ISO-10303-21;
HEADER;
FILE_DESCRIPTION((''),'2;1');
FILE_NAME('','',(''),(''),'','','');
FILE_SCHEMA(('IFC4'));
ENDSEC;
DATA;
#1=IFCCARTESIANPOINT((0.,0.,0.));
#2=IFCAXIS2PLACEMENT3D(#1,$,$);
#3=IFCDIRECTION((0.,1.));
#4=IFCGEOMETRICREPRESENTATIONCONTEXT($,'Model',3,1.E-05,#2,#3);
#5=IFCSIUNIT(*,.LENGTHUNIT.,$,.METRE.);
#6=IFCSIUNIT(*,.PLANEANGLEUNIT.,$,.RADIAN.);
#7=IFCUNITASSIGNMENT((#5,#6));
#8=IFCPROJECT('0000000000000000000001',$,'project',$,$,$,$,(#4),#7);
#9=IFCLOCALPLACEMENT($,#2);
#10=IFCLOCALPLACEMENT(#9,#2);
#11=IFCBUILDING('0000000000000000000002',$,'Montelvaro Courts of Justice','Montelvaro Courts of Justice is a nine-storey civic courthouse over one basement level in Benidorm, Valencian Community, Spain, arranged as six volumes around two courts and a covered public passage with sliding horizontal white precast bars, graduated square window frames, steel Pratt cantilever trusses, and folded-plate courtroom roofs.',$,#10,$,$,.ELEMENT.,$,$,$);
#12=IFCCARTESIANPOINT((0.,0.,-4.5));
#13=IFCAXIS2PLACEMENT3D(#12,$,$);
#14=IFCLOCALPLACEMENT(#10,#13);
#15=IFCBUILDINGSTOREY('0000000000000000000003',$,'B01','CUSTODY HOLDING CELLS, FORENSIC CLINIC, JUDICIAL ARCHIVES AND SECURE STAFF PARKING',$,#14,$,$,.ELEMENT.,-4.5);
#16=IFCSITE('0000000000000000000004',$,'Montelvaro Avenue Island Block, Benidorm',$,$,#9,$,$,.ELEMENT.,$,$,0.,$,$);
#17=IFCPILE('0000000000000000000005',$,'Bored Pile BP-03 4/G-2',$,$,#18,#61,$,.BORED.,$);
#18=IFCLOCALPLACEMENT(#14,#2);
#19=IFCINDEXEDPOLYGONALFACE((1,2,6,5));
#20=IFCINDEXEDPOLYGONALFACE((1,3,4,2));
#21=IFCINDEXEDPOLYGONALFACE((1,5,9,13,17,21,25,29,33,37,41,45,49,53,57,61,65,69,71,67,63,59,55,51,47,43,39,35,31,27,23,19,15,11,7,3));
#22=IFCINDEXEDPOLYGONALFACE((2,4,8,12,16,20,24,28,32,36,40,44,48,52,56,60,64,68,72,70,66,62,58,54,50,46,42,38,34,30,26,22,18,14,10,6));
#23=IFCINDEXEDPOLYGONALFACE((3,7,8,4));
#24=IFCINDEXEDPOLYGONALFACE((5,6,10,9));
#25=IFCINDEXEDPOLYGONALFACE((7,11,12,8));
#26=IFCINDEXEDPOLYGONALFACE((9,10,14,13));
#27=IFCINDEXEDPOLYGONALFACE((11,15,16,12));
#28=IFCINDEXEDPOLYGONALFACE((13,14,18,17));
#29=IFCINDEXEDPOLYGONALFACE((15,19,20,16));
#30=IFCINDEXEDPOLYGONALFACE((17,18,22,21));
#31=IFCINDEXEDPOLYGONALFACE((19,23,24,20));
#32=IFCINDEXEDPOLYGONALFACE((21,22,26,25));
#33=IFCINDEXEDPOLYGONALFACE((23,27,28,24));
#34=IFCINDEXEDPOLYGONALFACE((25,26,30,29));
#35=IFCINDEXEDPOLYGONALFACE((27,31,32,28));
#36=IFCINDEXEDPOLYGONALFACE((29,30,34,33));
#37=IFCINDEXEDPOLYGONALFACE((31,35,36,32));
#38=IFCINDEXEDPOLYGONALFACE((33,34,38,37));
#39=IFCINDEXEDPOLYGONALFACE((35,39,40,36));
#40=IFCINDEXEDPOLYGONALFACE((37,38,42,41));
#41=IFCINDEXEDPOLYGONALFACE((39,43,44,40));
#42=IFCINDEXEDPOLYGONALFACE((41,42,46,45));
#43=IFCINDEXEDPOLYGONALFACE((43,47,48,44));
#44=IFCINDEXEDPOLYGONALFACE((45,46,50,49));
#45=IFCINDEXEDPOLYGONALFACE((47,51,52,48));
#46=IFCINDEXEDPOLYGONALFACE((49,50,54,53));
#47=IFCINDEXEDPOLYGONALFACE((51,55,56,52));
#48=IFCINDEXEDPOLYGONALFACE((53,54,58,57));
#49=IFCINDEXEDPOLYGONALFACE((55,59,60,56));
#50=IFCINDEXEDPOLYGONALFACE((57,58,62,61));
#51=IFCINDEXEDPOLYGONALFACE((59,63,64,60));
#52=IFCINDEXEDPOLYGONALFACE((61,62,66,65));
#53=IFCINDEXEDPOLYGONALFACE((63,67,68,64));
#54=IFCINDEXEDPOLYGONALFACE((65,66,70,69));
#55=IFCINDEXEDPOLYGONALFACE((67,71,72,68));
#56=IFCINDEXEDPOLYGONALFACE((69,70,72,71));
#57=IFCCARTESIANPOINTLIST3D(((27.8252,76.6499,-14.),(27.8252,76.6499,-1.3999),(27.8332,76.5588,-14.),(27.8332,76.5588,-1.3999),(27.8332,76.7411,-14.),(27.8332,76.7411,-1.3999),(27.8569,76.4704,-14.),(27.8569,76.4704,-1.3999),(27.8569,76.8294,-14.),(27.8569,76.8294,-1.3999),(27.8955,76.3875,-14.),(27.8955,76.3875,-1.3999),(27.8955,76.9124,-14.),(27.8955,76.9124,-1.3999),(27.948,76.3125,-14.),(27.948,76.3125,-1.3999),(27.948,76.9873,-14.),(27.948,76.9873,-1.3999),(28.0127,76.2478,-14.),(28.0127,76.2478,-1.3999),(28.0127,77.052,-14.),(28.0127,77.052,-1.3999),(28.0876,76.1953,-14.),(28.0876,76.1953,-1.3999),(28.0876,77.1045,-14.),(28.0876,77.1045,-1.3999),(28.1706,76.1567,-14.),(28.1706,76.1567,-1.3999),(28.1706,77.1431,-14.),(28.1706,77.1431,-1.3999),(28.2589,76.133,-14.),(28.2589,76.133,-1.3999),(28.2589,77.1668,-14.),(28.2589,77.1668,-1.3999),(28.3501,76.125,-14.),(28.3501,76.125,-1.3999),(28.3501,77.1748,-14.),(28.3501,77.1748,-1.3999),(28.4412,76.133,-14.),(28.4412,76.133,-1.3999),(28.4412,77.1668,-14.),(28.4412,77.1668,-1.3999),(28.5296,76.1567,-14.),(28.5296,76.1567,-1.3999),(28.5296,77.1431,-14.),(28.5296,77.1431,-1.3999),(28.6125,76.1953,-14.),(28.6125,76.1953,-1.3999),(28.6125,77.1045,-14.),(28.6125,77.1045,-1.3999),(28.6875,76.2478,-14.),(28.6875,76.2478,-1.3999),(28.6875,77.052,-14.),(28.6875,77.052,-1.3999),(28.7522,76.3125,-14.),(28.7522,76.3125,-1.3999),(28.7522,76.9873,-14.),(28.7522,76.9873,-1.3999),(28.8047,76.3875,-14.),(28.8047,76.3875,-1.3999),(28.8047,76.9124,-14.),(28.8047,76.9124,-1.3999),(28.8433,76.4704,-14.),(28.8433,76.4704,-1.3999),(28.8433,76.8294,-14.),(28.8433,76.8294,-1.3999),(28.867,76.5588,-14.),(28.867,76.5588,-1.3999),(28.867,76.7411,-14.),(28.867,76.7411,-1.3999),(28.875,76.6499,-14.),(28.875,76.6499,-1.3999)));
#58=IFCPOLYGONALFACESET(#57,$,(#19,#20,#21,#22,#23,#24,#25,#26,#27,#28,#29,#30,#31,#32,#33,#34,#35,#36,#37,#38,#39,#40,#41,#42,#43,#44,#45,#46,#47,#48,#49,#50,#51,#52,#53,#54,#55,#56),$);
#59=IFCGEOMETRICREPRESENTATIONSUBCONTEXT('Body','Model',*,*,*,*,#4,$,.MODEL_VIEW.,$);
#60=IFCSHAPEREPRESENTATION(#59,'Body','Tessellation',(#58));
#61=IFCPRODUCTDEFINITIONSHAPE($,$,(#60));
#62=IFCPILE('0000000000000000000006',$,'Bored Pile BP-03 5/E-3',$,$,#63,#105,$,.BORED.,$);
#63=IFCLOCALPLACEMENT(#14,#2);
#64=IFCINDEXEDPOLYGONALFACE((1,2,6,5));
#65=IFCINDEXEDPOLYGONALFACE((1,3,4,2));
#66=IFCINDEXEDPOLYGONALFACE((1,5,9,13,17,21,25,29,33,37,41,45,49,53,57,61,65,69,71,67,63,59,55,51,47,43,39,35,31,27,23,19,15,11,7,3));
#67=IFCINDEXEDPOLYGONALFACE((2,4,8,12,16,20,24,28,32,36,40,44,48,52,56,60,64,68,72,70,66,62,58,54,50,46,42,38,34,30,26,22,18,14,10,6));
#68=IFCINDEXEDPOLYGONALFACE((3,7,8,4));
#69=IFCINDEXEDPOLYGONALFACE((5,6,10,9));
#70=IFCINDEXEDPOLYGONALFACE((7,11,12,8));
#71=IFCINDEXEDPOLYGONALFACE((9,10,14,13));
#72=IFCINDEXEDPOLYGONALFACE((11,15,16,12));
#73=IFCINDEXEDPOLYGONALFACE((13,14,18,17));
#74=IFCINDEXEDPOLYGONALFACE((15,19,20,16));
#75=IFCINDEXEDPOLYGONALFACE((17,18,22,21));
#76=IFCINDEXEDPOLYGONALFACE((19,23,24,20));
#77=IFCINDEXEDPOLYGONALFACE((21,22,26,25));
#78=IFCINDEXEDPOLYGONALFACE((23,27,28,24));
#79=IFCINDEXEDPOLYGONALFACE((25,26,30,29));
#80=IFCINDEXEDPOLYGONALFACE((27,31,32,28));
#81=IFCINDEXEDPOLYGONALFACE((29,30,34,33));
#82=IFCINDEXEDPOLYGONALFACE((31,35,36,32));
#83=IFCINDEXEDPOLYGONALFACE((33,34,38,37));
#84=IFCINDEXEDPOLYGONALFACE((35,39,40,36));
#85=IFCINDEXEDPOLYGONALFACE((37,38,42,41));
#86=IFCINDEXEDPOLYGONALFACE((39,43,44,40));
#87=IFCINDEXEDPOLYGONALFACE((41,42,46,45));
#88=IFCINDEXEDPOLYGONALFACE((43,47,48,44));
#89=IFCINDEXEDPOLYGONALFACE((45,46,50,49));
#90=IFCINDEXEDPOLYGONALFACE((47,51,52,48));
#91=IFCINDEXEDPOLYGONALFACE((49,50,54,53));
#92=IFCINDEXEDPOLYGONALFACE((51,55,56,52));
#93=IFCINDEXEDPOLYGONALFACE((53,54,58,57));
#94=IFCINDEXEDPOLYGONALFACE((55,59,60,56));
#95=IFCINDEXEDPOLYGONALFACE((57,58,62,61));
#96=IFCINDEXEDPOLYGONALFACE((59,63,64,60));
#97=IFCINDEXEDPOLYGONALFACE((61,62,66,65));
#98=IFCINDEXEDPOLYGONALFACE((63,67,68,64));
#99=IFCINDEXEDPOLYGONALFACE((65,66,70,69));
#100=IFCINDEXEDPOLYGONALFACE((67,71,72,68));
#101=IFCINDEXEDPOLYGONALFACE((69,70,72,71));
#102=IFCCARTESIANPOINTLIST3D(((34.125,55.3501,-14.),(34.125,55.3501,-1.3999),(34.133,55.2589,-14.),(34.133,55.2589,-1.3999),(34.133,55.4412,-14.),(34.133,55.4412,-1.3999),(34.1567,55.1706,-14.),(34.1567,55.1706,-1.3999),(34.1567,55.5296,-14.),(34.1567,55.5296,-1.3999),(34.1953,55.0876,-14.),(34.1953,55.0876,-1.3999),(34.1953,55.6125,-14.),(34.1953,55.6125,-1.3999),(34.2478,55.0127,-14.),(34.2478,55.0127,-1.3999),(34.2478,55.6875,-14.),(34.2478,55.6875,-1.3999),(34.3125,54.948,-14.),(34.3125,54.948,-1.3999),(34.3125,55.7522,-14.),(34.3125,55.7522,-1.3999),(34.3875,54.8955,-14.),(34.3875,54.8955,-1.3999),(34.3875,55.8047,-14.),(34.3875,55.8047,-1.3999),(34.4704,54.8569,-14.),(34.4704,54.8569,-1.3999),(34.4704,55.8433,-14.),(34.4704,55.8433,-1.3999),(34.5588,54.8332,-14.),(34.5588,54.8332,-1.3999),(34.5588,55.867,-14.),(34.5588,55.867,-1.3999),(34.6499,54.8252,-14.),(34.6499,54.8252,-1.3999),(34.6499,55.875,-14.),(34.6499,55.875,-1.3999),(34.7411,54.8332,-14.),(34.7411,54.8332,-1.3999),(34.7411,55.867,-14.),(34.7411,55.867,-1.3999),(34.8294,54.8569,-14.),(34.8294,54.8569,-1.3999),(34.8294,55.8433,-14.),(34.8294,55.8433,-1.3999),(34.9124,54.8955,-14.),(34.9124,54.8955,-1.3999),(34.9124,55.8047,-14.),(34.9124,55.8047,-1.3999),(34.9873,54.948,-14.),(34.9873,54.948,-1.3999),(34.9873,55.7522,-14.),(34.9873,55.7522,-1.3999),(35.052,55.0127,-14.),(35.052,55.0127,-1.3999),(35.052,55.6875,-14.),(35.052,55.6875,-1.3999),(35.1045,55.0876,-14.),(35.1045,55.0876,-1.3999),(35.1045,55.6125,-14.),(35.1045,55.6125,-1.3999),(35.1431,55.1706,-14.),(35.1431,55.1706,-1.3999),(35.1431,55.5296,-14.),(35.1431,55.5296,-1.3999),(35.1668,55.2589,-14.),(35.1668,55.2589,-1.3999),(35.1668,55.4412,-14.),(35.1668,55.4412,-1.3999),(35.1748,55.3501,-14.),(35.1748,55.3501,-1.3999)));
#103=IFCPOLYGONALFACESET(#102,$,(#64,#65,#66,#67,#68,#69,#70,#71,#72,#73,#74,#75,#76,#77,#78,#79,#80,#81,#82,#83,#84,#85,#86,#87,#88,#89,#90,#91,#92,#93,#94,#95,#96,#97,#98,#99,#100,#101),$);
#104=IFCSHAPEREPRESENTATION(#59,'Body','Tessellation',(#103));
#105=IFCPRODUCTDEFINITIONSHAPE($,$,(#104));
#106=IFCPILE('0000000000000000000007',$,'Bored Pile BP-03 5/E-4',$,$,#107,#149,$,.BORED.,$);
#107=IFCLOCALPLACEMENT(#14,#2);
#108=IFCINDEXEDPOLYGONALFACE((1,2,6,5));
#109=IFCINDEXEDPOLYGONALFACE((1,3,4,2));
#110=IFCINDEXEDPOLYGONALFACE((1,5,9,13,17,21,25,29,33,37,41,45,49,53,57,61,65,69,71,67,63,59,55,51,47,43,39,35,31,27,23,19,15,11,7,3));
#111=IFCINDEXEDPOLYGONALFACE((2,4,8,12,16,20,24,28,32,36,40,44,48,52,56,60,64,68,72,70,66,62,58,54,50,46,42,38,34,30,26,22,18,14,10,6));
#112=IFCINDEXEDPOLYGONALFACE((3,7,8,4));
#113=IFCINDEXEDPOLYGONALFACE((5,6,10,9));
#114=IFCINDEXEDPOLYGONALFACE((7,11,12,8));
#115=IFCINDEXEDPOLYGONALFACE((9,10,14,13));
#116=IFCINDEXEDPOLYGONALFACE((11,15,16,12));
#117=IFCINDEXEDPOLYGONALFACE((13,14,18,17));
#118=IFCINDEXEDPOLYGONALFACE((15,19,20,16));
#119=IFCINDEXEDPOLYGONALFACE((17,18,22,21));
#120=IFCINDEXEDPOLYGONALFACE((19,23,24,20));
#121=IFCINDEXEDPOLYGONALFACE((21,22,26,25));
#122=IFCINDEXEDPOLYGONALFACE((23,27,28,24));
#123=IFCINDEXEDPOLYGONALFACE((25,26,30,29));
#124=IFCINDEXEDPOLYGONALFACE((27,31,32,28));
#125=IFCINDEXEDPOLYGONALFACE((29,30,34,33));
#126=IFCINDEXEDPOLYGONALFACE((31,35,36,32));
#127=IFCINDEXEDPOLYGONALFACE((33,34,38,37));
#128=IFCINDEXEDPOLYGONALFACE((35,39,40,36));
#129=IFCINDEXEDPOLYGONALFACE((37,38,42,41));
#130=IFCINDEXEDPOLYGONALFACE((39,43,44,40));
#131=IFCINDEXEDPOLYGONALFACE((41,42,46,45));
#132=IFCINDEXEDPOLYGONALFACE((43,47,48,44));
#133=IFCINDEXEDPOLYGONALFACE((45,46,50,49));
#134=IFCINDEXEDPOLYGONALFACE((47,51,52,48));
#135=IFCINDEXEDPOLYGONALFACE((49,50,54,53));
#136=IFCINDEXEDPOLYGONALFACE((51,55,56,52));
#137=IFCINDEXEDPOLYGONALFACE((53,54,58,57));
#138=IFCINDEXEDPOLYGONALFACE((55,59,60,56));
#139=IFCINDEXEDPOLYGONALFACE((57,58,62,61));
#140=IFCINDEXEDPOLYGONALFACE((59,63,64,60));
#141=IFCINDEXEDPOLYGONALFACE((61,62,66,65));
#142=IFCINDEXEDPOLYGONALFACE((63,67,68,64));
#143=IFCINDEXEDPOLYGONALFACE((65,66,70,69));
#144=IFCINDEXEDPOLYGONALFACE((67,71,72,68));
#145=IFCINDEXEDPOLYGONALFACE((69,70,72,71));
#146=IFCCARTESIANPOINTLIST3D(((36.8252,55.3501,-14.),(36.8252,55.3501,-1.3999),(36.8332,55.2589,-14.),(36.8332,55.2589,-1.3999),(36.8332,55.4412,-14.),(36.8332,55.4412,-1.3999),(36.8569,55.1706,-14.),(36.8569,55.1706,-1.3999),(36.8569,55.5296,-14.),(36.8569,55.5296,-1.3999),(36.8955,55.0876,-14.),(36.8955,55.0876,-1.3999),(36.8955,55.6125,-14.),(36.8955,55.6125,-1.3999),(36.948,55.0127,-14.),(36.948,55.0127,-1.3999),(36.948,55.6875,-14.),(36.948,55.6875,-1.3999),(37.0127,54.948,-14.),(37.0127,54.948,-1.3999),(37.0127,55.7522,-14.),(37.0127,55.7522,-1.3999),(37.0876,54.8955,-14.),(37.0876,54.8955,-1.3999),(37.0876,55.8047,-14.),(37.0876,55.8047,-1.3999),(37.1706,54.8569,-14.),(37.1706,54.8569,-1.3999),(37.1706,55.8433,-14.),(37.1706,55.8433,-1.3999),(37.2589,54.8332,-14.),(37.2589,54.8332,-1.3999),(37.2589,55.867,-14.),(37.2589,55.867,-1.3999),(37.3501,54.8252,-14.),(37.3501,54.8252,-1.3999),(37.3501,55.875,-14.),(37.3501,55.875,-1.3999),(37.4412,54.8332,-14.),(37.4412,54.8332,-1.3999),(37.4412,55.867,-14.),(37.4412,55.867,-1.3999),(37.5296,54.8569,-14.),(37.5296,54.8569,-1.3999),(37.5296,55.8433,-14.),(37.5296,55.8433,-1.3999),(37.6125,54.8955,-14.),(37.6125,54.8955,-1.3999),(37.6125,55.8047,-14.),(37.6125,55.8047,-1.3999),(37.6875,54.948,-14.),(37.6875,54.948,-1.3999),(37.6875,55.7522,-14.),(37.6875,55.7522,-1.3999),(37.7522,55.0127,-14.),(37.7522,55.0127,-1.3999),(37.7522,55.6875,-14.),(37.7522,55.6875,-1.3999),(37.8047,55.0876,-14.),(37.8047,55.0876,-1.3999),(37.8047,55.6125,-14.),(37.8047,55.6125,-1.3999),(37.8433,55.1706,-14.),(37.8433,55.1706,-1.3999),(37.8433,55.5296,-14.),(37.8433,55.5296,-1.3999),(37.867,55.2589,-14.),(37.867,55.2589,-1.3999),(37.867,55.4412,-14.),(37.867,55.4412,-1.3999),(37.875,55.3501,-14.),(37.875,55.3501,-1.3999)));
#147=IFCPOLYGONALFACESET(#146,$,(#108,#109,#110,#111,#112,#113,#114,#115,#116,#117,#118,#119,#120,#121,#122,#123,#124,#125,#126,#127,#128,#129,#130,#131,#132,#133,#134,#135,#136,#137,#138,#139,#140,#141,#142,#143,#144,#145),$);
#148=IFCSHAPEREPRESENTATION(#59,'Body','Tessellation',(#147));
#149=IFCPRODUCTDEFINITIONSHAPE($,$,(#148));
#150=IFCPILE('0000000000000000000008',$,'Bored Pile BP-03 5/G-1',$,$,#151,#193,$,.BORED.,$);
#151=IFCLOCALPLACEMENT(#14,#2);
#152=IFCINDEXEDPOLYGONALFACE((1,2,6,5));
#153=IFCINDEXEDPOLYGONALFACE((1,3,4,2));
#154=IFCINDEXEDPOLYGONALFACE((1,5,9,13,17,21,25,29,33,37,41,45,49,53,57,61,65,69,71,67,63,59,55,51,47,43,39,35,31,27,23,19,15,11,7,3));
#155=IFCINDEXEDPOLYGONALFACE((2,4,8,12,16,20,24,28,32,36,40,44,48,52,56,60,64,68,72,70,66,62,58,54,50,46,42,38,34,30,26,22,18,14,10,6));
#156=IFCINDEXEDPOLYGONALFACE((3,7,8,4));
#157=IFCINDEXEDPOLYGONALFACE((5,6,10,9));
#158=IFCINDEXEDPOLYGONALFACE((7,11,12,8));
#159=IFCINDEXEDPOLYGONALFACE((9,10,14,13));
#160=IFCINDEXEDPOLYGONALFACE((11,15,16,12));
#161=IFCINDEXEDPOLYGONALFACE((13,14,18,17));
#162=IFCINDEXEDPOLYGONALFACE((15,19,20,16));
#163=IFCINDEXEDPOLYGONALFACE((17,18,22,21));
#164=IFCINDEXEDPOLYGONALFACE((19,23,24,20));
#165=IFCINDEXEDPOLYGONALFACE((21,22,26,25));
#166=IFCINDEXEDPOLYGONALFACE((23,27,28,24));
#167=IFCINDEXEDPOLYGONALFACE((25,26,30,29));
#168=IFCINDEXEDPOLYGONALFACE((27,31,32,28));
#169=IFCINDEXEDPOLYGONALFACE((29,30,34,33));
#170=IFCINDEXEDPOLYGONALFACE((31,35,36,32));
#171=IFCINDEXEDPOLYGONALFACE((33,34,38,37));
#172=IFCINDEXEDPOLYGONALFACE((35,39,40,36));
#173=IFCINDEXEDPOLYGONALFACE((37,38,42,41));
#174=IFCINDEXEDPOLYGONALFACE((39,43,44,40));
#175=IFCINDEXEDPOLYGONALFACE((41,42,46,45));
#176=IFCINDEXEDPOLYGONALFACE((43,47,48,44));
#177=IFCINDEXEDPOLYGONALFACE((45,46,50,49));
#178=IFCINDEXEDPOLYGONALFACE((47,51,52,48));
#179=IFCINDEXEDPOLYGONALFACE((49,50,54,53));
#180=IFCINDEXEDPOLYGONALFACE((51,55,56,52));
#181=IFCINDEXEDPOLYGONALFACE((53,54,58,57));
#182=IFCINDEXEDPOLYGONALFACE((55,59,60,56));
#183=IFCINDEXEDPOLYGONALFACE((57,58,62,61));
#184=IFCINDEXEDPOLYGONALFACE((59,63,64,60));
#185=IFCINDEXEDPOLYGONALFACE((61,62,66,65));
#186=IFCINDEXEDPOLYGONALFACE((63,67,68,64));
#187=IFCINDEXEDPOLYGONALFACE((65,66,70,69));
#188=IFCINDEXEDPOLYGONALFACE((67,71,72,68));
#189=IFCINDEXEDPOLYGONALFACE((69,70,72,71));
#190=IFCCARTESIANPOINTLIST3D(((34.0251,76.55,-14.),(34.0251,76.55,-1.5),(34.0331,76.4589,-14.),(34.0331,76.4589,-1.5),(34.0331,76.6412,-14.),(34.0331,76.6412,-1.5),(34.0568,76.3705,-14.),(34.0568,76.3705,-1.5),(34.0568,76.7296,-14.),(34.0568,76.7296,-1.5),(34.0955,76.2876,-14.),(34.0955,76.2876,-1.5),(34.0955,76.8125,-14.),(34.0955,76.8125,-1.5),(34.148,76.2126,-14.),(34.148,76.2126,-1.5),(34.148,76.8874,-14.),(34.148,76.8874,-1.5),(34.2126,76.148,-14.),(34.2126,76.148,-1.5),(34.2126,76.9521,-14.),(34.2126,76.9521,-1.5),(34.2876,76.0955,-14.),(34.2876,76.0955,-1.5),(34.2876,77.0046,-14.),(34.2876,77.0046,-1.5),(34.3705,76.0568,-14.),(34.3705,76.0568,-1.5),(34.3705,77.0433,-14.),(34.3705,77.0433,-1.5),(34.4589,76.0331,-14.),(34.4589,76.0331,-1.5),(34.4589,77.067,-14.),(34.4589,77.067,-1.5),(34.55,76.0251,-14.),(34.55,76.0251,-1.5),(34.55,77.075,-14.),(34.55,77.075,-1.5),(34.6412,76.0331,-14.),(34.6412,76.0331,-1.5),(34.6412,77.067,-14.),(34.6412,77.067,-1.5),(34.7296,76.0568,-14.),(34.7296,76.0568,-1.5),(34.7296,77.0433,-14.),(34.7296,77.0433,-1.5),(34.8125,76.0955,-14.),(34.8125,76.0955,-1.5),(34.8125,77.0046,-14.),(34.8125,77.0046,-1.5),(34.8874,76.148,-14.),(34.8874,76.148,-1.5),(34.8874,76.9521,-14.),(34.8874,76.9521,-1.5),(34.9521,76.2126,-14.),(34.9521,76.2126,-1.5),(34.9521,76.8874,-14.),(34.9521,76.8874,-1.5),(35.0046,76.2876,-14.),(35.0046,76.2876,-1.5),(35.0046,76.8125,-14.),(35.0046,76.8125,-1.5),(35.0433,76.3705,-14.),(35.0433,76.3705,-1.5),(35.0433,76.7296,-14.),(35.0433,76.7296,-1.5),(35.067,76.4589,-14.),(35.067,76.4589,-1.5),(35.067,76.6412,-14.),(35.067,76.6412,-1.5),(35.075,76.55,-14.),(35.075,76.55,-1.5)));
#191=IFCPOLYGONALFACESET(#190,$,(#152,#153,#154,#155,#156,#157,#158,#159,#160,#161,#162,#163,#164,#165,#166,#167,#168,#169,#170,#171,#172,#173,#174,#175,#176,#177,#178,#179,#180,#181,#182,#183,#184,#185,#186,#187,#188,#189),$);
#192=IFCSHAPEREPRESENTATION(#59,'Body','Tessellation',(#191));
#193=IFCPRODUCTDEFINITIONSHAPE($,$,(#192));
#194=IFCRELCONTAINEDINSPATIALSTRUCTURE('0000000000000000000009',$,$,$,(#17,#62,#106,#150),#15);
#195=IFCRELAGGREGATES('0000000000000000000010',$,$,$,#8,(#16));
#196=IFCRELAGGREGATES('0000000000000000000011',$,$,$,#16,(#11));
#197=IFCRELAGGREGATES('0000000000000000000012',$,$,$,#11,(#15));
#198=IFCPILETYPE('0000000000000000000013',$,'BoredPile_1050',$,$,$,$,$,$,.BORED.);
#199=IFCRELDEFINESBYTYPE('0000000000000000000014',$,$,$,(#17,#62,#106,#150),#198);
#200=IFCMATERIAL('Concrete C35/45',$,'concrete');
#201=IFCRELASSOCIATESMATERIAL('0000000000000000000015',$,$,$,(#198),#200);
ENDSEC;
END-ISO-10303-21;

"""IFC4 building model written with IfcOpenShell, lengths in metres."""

from ifc_helpers import new_model, si_unit, direction, frame, origin, origin_2d, place, context, subcontext, project, spatial, circle, extrude, material, material_profile, profile_set, type_object, element, save


model = new_model("IFC4")

# Units and contexts
model_context = context("Model", 3, precision=1e-05, world=origin(), true_north=direction((0.0, 1.0)))
body_context = subcontext(model_context, "Body", "Model", "MODEL_VIEW")
ifc_project = project(units=[si_unit("LENGTHUNIT", "METRE"), si_unit("PLANEANGLEUNIT", "RADIAN")], contexts=[model_context])

# Site, building, storey
site_placement = place(None, origin())
site = spatial("IfcSite", under=ifc_project, at=site_placement, Name="Montelvaro Avenue Island Block, Benidorm", CompositionType="ELEMENT", RefElevation=0.0)
building_placement = place(site_placement, origin())
building = spatial("IfcBuilding", under=site, at=building_placement, Name="Montelvaro Courts of Justice", Description="Montelvaro Courts of Justice is a nine-storey civic courthouse over one basement level in Benidorm, Valencian Community, Spain, arranged as six volumes around two courts and a covered public passage with sliding horizontal white precast bars, graduated square window frames, steel Pratt cantilever trusses, and folded-plate courtroom roofs.", CompositionType="ELEMENT")
storey_placement = place(building_placement, frame((0.0, 0.0, -4.5)))
storey = spatial("IfcBuildingStorey", under=building, at=storey_placement, Name="B01", Description="CUSTODY HOLDING CELLS, FORENSIC CLINIC, JUDICIAL ARCHIVES AND SECURE STAFF PARKING", CompositionType="ELEMENT", Elevation=-4.5)

# Piles
ifc_material_1 = material(Name="Concrete C35/45", Category="concrete")
ifc_material_profile_1 = material_profile(ifc_material_1, circle(Radius=0.5249, at=origin_2d()), Name="BORED PILE D1050")
ifc_profile_set_1 = profile_set([ifc_material_profile_1], Name="Concrete C35/45")
pile_type_1 = type_object("IfcPileType", Name="BoredPile_1050", PredefinedType="BORED", material=ifc_profile_set_1)
for number, where, z_axis, x_axis, name in (
    (1, (28.3501, 76.6499, -1.3999), (0.0, 0.0, -1.0), (1.0, 0.0, 0.0), "Bored Pile BP-03 4/G-2"),
    (2, (34.6499, 55.3501, -1.3999), (0.0, 0.0, -1.0), (1.0, 0.0, 0.0), "Bored Pile BP-03 5/E-3"),
    (3, (37.3501, 55.3501, -1.3999), (0.0, 0.0, -1.0), (1.0, 0.0, 0.0), "Bored Pile BP-03 5/E-4"),
):
    element("IfcPile", number, at=place(storey_placement, frame(where, z_axis=z_axis, x_axis=x_axis)), inside=storey, type_object=pile_type_1, Name=name, PredefinedType="BORED", context=body_context, shape_type="SweptSolid", body=[
        extrude(circle(Radius=0.5249, at=origin_2d()), origin(), (0.0, 0.0, 1.0), 12.6001),
    ])
for number, where, z_axis, x_axis, name in (
    (4, (34.55, 76.55, -1.5), (0.0, 0.0, -1.0), (1.0, 0.0, 0.0), "Bored Pile BP-03 5/G-1"),
):
    element("IfcPile", number, at=place(storey_placement, frame(where, z_axis=z_axis, x_axis=x_axis)), inside=storey, type_object=pile_type_1, Name=name, PredefinedType="BORED", context=body_context, shape_type="SweptSolid", body=[
        extrude(circle(Radius=0.5249, at=origin_2d()), origin(), (0.0, 0.0, 1.0), 12.5),
    ])

save(model, "model.ifc")
